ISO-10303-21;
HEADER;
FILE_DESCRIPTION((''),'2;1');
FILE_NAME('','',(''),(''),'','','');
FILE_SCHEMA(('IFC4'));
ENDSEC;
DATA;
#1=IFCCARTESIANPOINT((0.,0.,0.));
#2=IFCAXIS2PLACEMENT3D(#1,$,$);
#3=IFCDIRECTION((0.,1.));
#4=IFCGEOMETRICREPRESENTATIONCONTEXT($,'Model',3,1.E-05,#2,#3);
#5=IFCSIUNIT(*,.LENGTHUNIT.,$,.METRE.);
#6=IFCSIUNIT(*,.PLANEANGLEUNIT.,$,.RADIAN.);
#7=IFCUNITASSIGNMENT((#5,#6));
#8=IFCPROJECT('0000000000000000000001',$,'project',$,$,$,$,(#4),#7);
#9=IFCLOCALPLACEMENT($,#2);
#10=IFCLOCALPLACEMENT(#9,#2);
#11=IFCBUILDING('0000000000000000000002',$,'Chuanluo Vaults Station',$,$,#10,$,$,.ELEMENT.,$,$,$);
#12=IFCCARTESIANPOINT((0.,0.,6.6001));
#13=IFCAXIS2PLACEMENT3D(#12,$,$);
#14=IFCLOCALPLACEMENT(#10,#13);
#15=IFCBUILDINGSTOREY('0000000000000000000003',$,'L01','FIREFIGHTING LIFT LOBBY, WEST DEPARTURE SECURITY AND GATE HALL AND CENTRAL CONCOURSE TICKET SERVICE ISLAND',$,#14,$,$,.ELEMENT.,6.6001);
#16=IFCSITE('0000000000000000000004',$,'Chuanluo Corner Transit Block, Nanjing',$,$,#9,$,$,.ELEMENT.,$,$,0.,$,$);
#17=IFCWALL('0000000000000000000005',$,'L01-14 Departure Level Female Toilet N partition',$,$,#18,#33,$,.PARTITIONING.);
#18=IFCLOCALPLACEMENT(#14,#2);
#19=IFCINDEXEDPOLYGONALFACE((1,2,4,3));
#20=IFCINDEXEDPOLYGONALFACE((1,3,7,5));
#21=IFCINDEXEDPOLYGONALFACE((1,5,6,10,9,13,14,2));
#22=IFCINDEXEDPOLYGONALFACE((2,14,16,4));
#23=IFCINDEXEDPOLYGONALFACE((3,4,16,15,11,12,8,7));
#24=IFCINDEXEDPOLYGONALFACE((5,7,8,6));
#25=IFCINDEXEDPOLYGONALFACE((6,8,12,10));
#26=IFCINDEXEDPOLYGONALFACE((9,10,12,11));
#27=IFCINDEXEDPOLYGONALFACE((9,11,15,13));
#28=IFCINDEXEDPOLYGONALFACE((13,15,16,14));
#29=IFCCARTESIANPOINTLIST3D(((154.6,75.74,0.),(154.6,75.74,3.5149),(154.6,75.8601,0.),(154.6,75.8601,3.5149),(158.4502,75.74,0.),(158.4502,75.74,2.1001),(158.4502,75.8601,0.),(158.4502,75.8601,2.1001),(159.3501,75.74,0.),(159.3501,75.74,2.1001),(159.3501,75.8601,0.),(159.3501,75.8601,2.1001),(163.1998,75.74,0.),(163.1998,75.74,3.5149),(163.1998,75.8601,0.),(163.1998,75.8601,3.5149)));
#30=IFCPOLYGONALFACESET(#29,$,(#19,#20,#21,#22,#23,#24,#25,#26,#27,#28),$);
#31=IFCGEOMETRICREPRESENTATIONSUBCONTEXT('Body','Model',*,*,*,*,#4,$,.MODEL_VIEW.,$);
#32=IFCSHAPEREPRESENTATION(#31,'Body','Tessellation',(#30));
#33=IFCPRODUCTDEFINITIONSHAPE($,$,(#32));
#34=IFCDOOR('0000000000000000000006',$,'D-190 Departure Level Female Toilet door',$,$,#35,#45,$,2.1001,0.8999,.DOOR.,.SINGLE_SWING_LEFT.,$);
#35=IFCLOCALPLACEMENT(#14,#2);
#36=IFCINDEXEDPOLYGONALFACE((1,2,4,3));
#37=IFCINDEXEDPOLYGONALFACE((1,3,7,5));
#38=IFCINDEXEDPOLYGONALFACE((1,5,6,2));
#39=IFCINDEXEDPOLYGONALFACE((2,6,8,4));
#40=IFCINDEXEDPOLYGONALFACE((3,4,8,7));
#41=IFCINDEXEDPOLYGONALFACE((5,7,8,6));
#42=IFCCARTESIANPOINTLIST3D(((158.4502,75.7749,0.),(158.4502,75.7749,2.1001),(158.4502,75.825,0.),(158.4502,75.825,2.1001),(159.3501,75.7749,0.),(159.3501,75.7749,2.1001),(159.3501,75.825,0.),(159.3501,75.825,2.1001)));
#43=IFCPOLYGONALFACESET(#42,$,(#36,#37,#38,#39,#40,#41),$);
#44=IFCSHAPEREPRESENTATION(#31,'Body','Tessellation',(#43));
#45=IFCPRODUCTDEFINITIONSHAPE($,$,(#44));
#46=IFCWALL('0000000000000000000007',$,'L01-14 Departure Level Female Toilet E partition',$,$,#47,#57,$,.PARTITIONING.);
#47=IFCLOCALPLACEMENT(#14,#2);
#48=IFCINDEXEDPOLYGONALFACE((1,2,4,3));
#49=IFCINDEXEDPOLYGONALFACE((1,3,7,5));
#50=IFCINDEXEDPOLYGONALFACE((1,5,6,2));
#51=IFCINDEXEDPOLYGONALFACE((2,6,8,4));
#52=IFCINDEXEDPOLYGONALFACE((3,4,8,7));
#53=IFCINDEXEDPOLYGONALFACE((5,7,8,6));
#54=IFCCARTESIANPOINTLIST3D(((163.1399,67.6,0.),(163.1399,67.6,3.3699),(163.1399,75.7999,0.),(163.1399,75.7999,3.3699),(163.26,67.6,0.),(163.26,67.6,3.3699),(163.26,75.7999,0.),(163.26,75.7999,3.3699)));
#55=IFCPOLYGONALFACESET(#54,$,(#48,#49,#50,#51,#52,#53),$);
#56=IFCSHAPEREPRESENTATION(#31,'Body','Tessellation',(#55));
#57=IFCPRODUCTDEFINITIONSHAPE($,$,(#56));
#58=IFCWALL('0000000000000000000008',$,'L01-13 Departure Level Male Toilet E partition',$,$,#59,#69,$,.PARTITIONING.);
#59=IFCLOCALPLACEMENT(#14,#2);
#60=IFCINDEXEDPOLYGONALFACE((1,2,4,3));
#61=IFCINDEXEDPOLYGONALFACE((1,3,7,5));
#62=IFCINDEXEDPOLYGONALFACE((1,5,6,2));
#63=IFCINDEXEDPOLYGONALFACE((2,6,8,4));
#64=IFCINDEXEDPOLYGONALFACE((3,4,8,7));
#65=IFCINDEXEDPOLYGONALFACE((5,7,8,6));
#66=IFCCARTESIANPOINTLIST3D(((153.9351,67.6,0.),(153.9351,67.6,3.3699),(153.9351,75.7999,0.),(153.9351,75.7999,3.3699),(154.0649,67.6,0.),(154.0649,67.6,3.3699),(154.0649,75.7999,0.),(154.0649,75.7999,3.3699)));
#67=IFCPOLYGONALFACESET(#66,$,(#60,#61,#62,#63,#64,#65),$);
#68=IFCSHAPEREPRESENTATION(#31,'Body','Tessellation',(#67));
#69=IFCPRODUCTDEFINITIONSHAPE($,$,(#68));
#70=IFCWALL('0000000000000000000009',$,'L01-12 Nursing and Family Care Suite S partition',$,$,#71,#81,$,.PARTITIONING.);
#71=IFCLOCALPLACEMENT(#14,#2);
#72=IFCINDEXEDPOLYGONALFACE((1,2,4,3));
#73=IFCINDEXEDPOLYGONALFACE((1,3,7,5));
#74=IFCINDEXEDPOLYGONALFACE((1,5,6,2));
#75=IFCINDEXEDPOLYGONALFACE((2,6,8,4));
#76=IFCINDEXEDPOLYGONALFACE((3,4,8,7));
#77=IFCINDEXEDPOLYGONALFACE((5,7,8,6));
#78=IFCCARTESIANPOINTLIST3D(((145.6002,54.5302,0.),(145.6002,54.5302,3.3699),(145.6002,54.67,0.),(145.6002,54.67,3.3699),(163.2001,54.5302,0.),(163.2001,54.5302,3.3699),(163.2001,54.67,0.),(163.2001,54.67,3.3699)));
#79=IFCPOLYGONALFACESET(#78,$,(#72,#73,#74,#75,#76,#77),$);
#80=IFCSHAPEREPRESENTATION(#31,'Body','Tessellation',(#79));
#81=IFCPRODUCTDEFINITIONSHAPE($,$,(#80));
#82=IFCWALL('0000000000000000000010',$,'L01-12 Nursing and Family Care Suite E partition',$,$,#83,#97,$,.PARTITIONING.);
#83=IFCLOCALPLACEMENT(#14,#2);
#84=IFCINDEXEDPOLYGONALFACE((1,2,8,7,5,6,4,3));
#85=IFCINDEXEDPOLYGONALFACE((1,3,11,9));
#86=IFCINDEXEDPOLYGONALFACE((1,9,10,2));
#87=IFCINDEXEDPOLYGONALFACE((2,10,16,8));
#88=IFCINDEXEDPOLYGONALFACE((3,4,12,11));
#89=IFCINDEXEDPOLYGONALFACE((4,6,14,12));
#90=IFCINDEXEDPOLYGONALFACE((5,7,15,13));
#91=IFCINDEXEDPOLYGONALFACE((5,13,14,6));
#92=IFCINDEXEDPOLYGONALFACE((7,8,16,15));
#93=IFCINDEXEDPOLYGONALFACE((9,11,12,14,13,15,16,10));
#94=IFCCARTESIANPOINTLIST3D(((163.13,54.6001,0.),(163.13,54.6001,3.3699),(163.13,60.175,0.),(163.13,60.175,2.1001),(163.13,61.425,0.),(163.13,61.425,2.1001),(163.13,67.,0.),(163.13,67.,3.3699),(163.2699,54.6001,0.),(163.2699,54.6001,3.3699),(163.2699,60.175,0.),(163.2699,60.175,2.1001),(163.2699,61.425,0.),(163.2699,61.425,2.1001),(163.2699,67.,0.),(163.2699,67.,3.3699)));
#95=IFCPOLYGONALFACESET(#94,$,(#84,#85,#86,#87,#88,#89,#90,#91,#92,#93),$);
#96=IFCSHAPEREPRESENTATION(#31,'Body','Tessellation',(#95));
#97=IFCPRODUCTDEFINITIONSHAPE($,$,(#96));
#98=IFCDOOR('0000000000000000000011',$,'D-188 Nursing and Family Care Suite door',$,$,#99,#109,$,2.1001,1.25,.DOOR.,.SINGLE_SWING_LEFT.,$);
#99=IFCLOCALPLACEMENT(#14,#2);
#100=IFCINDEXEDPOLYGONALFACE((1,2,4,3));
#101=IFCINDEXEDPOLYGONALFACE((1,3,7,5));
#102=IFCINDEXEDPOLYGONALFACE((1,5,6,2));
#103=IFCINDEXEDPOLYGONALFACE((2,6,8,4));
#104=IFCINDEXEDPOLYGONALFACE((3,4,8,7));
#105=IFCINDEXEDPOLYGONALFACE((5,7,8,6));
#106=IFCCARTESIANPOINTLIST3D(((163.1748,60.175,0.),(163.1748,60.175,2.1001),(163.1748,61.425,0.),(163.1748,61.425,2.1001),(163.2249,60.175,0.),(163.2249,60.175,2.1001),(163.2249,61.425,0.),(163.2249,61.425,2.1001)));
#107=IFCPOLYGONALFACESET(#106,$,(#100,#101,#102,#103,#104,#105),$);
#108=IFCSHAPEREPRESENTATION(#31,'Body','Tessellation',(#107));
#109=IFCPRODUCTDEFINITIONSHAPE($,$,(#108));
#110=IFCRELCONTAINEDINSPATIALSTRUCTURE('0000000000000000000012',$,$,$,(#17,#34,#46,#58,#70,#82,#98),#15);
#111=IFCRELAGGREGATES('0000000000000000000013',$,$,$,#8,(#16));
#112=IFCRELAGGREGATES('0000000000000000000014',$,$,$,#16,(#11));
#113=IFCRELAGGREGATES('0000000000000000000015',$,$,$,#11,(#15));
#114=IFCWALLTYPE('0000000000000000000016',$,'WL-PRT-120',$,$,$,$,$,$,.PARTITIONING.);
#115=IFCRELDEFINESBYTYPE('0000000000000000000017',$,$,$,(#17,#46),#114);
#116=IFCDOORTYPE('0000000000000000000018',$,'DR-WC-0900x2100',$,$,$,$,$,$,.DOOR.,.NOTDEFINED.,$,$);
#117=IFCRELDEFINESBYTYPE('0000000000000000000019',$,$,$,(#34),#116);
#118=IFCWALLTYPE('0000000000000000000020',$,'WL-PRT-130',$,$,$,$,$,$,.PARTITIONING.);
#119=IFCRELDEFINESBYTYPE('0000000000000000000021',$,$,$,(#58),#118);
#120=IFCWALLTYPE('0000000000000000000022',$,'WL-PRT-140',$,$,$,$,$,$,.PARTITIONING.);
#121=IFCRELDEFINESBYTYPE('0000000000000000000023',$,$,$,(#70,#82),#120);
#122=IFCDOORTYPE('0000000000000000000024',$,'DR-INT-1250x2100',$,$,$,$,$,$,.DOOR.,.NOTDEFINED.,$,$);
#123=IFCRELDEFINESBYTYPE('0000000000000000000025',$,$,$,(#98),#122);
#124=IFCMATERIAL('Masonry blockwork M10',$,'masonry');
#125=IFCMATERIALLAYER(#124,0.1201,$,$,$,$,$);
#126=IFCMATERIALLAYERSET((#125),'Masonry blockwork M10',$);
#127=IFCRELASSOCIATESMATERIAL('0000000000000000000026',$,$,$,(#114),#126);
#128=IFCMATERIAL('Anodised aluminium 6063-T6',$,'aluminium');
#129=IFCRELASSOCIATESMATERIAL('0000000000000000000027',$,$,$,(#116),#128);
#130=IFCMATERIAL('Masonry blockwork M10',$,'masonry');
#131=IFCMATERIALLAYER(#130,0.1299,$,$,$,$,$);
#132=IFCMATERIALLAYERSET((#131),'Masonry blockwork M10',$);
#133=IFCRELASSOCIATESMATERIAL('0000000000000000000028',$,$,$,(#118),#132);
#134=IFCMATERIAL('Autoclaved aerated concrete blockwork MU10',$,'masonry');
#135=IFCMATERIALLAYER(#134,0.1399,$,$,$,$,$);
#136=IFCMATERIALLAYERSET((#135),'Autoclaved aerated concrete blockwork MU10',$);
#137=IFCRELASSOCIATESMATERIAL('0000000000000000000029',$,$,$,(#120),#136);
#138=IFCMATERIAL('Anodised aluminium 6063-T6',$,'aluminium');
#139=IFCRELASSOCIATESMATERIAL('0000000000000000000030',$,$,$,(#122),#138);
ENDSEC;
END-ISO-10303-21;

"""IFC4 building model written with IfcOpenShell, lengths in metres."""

from ifc_helpers import new_model, si_unit, direction, frame, frame_2d, origin, place, context, subcontext, project, spatial, rectangle, extrude, material, layer, layer_set, type_object, element, fill, save


model = new_model("IFC4")

# Units and contexts
model_context = context("Model", 3, precision=1e-05, world=origin(), true_north=direction((0.0, 1.0)))
body_context = subcontext(model_context, "Body", "Model", "MODEL_VIEW")
ifc_project = project(units=[si_unit("LENGTHUNIT", "METRE"), si_unit("PLANEANGLEUNIT", "RADIAN")], contexts=[model_context])

# Site, building, storey
site_placement = place(None, origin())
site = spatial("IfcSite", under=ifc_project, at=site_placement, Name="Chuanluo Corner Transit Block, Nanjing", CompositionType="ELEMENT", RefElevation=0.0)
building_placement = place(site_placement, origin())
building = spatial("IfcBuilding", under=site, at=building_placement, Name="Chuanluo Vaults Station", CompositionType="ELEMENT")
storey_placement = place(building_placement, frame((0.0, 0.0, 6.6001)))
storey = spatial("IfcBuildingStorey", under=building, at=storey_placement, Name="L01", Description="FIREFIGHTING LIFT LOBBY, WEST DEPARTURE SECURITY AND GATE HALL AND CENTRAL CONCOURSE TICKET SERVICE ISLAND", CompositionType="ELEMENT", Elevation=6.6001)

# Wall, opening, door
ifc_material_1 = material(Name="Masonry blockwork M10", Category="masonry")
ifc_layer_1 = layer(ifc_material_1, 0.1201)
ifc_layer_set_1 = layer_set([ifc_layer_1], Name="Masonry blockwork M10")
wall_type_1 = type_object("IfcWallType", Name="WL-PRT-120", PredefinedType="PARTITIONING", material=ifc_layer_set_1)
wall_1_placement = place(storey_placement, frame((154.6001, 75.8, 0.0), z_axis=(0.0, 0.0, 1.0), x_axis=(1.0, 0.0, 0.0)))
wall_1 = element("IfcWall", 1, at=wall_1_placement, inside=storey, type_object=wall_type_1, Name="L01-14 Departure Level Female Toilet N partition", PredefinedType="PARTITIONING", context=body_context, shape_type="SweptSolid", body=[
    extrude(rectangle(XDim=8.5999, YDim=0.1201, at=frame_2d((4.2998, 0.0))), origin(), (0.0, 0.0, 1.0), 3.5149),
])
opening_1_placement = place(wall_1_placement, frame((3.8501, 0.0, 0.0)))
opening_1 = element("IfcOpeningElement", 2, at=opening_1_placement, cuts=wall_1, PredefinedType="OPENING", context=body_context, shape_type="SweptSolid", body=[
    extrude(rectangle(XDim=0.8999, YDim=2.1001, at=frame_2d((0.45, 1.05))), frame((0.0, 0.0701, 0.0), z_axis=(0.0, -1.0, 0.0), x_axis=(1.0, 0.0, 0.0)), (0.0, 0.0, 1.0), 0.1401),
])
ifc_material_2 = material(Name="Anodised aluminium 6063-T6", Category="aluminium")
door_type_1 = type_object("IfcDoorType", Name="DR-WC-0900x2100", OperationType="NOTDEFINED", PredefinedType="DOOR", material=ifc_material_2)
door_1_placement = place(opening_1_placement, origin())
door_1 = element("IfcDoor", 3, at=door_1_placement, inside=storey, type_object=door_type_1, Name="D-190 Departure Level Female Toilet door", OperationType="SINGLE_SWING_LEFT", OverallHeight=2.1001, OverallWidth=0.8999, PredefinedType="DOOR", context=body_context, shape_type="SweptSolid", body=[
    extrude(rectangle(XDim=0.8999, YDim=2.1001, at=frame_2d((0.45, 1.05))), frame((0.0, 0.0249, 0.0), z_axis=(0.0, -1.0, 0.0), x_axis=(1.0, 0.0, 0.0)), (0.0, 0.0, 1.0), 0.05),
])
fill(opening_1, door_1)

# Walls
wall_2_placement = place(storey_placement, frame((163.2, 75.8, 0.0), z_axis=(0.0, 0.0, 1.0), x_axis=(0.0, -1.0, 0.0)))
element("IfcWall", 4, at=wall_2_placement, inside=storey, type_object=wall_type_1, Name="L01-14 Departure Level Female Toilet E partition", PredefinedType="PARTITIONING", context=body_context, shape_type="SweptSolid", body=[
    extrude(rectangle(XDim=8.2, YDim=0.1201, at=frame_2d((4.1001, 0.0))), origin(), (0.0, 0.0, 1.0), 3.3699),
])
ifc_material_3 = material(Name="Masonry blockwork M10", Category="masonry")
ifc_layer_2 = layer(ifc_material_3, 0.1299)
ifc_layer_set_2 = layer_set([ifc_layer_2], Name="Masonry blockwork M10")
wall_type_2 = type_object("IfcWallType", Name="WL-PRT-130", PredefinedType="PARTITIONING", material=ifc_layer_set_2)
wall_3_placement = place(storey_placement, frame((154.0, 75.8, 0.0), z_axis=(0.0, 0.0, 1.0), x_axis=(0.0, -1.0, 0.0)))
element("IfcWall", 5, at=wall_3_placement, inside=storey, type_object=wall_type_2, Name="L01-13 Departure Level Male Toilet E partition", PredefinedType="PARTITIONING", context=body_context, shape_type="SweptSolid", body=[
    extrude(rectangle(XDim=8.2, YDim=0.1299, at=frame_2d((4.1001, 0.0))), origin(), (0.0, 0.0, 1.0), 3.3699),
])
ifc_material_4 = material(Name="Autoclaved aerated concrete blockwork MU10", Category="masonry")
ifc_layer_3 = layer(ifc_material_4, 0.1399)
ifc_layer_set_3 = layer_set([ifc_layer_3], Name="Autoclaved aerated concrete blockwork MU10")
wall_type_3 = type_object("IfcWallType", Name="WL-PRT-140", PredefinedType="PARTITIONING", material=ifc_layer_set_3)
wall_4_placement = place(storey_placement, frame((163.2, 54.6001, 0.0), z_axis=(0.0, 0.0, 1.0), x_axis=(-1.0, 0.0, 0.0)))
element("IfcWall", 6, at=wall_4_placement, inside=storey, type_object=wall_type_3, Name="L01-12 Nursing and Family Care Suite S partition", PredefinedType="PARTITIONING", context=body_context, shape_type="SweptSolid", body=[
    extrude(rectangle(XDim=17.5999, YDim=0.1399, at=frame_2d((8.7998, 0.0))), origin(), (0.0, 0.0, 1.0), 3.3699),
])

# Wall, opening, door
wall_5_placement = place(storey_placement, frame((163.2, 67.0, 0.0), z_axis=(0.0, 0.0, 1.0), x_axis=(0.0, -1.0, 0.0)))
wall_5 = element("IfcWall", 7, at=wall_5_placement, inside=storey, type_object=wall_type_3, Name="L01-12 Nursing and Family Care Suite E partition", PredefinedType="PARTITIONING", context=body_context, shape_type="SweptSolid", body=[
    extrude(rectangle(XDim=12.3999, YDim=0.1399, at=frame_2d((6.2, 0.0))), origin(), (0.0, 0.0, 1.0), 3.3699),
])
opening_2_placement = place(wall_5_placement, frame((5.575, 0.0, 0.0)))
opening_2 = element("IfcOpeningElement", 8, at=opening_2_placement, cuts=wall_5, PredefinedType="OPENING", context=body_context, shape_type="SweptSolid", body=[
    extrude(rectangle(XDim=1.25, YDim=2.1001, at=frame_2d((0.625, 1.05))), frame((0.0, 0.0798, 0.0), z_axis=(0.0, -1.0, 0.0), x_axis=(1.0, 0.0, 0.0)), (0.0, 0.0, 1.0), 0.1599),
])
ifc_material_5 = material(Name="Anodised aluminium 6063-T6", Category="aluminium")
door_type_2 = type_object("IfcDoorType", Name="DR-INT-1250x2100", OperationType="NOTDEFINED", PredefinedType="DOOR", material=ifc_material_5)
door_2_placement = place(opening_2_placement, origin())
door_2 = element("IfcDoor", 9, at=door_2_placement, inside=storey, type_object=door_type_2, Name="D-188 Nursing and Family Care Suite door", OperationType="SINGLE_SWING_LEFT", OverallHeight=2.1001, OverallWidth=1.25, PredefinedType="DOOR", context=body_context, shape_type="SweptSolid", body=[
    extrude(rectangle(XDim=1.25, YDim=2.1001, at=frame_2d((0.625, 1.05))), frame((0.0, 0.0249, 0.0), z_axis=(0.0, -1.0, 0.0), x_axis=(1.0, 0.0, 0.0)), (0.0, 0.0, 1.0), 0.05),
])
fill(opening_2, door_2)

save(model, "model.ifc")
